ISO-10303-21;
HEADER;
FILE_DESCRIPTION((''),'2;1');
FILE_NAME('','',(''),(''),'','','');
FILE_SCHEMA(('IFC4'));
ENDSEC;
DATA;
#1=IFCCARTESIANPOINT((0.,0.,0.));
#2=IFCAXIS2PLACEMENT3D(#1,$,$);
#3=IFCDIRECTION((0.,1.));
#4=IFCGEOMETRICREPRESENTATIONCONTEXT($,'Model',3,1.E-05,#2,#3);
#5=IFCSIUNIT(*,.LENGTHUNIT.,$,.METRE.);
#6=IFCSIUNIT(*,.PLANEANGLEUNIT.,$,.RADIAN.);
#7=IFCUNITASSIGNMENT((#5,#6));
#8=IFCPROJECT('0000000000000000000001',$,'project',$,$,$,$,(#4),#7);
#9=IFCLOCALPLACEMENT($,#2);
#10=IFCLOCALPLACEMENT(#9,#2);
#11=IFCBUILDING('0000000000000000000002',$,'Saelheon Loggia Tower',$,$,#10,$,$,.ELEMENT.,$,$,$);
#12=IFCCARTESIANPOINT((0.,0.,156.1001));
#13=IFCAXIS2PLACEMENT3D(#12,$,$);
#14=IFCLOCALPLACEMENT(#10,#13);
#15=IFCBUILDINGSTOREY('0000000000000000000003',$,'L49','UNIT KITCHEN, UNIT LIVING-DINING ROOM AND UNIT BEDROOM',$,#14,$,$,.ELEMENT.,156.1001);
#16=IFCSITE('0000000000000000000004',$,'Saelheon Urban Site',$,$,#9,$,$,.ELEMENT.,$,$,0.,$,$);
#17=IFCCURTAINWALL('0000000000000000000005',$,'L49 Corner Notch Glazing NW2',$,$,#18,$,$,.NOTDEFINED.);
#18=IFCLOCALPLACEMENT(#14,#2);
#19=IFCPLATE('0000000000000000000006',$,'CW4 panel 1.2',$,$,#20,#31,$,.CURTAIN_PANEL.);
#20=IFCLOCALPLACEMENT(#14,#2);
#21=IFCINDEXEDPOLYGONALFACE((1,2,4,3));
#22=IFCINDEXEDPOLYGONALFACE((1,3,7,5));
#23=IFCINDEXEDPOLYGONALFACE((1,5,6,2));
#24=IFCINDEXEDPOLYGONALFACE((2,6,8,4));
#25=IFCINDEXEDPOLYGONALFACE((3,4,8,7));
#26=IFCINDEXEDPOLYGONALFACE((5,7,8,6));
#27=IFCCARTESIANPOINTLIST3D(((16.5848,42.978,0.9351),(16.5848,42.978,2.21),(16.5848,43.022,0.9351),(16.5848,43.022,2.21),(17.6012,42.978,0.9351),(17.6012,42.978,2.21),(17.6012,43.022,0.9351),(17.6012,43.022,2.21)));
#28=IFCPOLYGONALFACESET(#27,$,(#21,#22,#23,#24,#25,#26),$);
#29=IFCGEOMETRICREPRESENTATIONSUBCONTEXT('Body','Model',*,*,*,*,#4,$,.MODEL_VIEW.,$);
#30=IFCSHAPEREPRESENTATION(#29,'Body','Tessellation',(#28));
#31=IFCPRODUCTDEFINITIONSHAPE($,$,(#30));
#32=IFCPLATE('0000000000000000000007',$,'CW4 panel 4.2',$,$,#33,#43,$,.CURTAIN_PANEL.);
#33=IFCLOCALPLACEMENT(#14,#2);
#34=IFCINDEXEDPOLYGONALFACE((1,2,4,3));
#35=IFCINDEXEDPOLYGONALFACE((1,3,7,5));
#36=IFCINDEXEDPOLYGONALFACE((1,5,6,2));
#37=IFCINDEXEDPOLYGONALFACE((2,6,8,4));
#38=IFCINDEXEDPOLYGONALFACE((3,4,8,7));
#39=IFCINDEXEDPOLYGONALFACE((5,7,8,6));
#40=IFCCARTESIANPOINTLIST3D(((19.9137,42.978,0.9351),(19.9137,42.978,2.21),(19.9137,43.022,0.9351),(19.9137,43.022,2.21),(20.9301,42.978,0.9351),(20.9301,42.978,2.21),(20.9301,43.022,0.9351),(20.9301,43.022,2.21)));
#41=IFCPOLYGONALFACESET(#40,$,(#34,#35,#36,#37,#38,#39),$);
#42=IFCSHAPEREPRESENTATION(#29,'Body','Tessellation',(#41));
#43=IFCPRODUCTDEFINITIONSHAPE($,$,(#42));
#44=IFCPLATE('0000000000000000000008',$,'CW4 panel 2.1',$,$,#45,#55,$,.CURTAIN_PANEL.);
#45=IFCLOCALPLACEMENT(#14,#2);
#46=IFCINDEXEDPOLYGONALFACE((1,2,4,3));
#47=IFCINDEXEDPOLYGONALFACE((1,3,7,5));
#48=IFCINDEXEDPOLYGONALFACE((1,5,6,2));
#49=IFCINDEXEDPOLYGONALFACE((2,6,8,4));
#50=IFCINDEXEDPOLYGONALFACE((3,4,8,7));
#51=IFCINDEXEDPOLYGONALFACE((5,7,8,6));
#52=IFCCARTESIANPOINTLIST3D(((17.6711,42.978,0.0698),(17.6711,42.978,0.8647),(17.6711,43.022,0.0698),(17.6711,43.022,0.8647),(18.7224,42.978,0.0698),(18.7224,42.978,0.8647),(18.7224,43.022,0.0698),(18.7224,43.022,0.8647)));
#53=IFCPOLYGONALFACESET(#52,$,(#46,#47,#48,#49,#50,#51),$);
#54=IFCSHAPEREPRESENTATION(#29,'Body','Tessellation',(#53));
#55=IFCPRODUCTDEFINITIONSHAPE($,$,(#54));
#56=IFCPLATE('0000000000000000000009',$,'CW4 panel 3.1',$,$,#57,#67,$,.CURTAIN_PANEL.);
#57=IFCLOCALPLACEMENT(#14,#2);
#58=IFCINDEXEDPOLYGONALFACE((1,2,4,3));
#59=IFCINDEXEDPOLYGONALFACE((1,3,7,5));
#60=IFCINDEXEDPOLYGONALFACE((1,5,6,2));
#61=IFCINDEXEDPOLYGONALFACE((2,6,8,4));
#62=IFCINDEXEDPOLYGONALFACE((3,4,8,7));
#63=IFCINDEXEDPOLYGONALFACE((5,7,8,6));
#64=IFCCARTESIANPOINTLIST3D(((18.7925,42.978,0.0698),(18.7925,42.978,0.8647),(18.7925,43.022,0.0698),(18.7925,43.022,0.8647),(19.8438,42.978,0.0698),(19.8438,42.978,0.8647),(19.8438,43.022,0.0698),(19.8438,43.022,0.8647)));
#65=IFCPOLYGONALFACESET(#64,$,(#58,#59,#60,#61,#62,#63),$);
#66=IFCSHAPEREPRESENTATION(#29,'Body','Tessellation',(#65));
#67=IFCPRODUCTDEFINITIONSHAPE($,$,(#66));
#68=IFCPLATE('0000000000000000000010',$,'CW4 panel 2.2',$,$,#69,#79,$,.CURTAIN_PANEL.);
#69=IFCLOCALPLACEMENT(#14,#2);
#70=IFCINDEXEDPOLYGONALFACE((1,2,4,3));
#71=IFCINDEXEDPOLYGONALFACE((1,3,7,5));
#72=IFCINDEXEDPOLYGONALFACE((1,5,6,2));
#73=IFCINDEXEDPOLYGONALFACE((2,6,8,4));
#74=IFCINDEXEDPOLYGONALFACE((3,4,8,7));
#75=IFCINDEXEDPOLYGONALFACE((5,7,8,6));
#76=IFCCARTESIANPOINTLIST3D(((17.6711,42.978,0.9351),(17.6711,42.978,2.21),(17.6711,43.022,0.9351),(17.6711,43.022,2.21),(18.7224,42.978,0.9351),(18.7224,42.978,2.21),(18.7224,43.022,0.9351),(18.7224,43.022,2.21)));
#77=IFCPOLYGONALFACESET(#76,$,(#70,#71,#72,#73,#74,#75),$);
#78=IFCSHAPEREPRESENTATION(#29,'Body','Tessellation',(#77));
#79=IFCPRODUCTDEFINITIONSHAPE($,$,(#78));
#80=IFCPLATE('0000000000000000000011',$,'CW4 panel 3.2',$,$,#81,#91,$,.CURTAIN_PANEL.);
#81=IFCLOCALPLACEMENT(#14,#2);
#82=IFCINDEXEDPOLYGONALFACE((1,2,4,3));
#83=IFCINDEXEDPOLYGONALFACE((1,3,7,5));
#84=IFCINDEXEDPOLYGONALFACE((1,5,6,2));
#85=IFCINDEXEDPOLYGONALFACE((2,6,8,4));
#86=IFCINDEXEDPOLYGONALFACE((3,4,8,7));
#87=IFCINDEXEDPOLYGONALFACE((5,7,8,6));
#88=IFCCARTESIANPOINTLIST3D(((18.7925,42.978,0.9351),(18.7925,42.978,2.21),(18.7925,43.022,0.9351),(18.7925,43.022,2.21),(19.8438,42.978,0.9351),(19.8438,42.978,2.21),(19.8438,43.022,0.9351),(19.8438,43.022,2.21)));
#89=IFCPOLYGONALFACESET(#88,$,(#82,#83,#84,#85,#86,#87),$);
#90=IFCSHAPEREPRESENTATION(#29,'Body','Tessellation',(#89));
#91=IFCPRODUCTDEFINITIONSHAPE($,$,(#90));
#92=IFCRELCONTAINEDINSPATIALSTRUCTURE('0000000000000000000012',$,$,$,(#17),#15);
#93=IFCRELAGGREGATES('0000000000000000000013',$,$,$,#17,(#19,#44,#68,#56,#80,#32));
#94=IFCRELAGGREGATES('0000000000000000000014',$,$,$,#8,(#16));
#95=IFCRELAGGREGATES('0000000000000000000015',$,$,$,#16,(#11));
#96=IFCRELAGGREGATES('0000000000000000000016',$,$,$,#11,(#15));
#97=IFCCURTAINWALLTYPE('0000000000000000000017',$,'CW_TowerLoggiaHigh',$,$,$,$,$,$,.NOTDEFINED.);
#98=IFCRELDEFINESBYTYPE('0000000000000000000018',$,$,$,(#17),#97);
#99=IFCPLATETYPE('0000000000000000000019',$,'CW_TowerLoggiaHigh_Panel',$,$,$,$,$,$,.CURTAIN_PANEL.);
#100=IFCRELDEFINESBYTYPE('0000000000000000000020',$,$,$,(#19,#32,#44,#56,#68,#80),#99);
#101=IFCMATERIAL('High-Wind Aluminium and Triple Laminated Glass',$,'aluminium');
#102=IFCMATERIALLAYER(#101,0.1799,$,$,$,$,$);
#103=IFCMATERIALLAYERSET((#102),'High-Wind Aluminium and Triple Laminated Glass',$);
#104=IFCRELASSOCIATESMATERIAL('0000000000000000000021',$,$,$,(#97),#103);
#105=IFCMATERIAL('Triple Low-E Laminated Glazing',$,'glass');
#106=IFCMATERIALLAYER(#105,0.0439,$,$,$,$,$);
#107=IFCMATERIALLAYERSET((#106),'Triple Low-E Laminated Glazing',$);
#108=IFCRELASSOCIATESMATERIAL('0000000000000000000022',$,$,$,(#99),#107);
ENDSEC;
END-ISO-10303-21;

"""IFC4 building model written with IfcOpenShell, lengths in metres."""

from ifc_helpers import new_model, si_unit, direction, frame, origin, origin_2d, place, context, subcontext, project, spatial, rectangle, extrude, source, transform, mapped, material, layer, layer_set, type_object, element, aggregate, save


model = new_model("IFC4")

# Units and contexts
model_context = context("Model", 3, precision=1e-05, world=origin(), true_north=direction((0.0, 1.0)))
body_context = subcontext(model_context, "Body", "Model", "MODEL_VIEW")
ifc_project = project(units=[si_unit("LENGTHUNIT", "METRE"), si_unit("PLANEANGLEUNIT", "RADIAN")], contexts=[model_context])

# Site, building, storey
site_placement = place(None, origin())
site = spatial("IfcSite", under=ifc_project, at=site_placement, Name="Saelheon Urban Site", CompositionType="ELEMENT", RefElevation=0.0)
building_placement = place(site_placement, origin())
building = spatial("IfcBuilding", under=site, at=building_placement, Name="Saelheon Loggia Tower", CompositionType="ELEMENT")
storey_placement = place(building_placement, frame((0.0, 0.0, 156.1001)))
storey = spatial("IfcBuildingStorey", under=building, at=storey_placement, Name="L49", Description="UNIT KITCHEN, UNIT LIVING-DINING ROOM AND UNIT BEDROOM", CompositionType="ELEMENT", Elevation=156.1001)

# Shared definitions
ifc_material_1 = material(Name="High-Wind Aluminium and Triple Laminated Glass", Category="aluminium")
ifc_layer_1 = layer(ifc_material_1, 0.1799)
ifc_layer_set_1 = layer_set([ifc_layer_1], Name="High-Wind Aluminium and Triple Laminated Glass")
curtain_wall_type = type_object("IfcCurtainWallType", Name="CW_TowerLoggiaHigh", PredefinedType="NOTDEFINED", material=ifc_layer_set_1)

# Curtain wall
curtain_wall_1_placement = place(storey_placement, origin())
curtain_wall_1 = element("IfcCurtainWall", 1, at=curtain_wall_1_placement, inside=storey, type_object=curtain_wall_type, Name="L49 Corner Notch Glazing NW2", PredefinedType="NOTDEFINED")

# Plates
ifc_material_2 = material(Name="Triple Low-E Laminated Glazing", Category="glass")
ifc_layer_2 = layer(ifc_material_2, 0.0439)
ifc_layer_set_2 = layer_set([ifc_layer_2], Name="Triple Low-E Laminated Glazing")
plate_type = type_object("IfcPlateType", Name="CW_TowerLoggiaHigh_Panel", PredefinedType="CURTAIN_PANEL", material=ifc_layer_set_2)
shared_shape_1 = source(origin(), body_context, "Body", "SweptSolid", [
    extrude(rectangle(XDim=1.0164, YDim=0.0439, at=origin_2d()), origin(), (0.0, 0.0, 1.0), 1.2749),
])
plate_1_placement = place(storey_placement, frame((17.093, 43.0, 0.9351), z_axis=(0.0, 0.0, 1.0), x_axis=(1.0, 0.0, 0.0)))
plate_1 = element("IfcPlate", 2, at=plate_1_placement, type_object=plate_type, Name="CW4 panel 1.2", PredefinedType="CURTAIN_PANEL", context=body_context, shape_type="MappedRepresentation", body=[
    mapped(shared_shape_1, transform((0.0, 0.0, 0.0), scale=1.0)),
])
plate_2_placement = place(storey_placement, frame((20.4219, 43.0, 0.9351), z_axis=(0.0, 0.0, 1.0), x_axis=(1.0, 0.0, 0.0)))
plate_2 = element("IfcPlate", 3, at=plate_2_placement, type_object=plate_type, Name="CW4 panel 4.2", PredefinedType="CURTAIN_PANEL", context=body_context, shape_type="MappedRepresentation", body=[
    mapped(shared_shape_1, transform((0.0, 0.0, 0.0), scale=1.0)),
])
shared_shape_2 = source(origin(), body_context, "Body", "SweptSolid", [
    extrude(rectangle(XDim=1.0513, YDim=0.0439, at=origin_2d()), origin(), (0.0, 0.0, 1.0), 0.7949),
])
plate_3_placement = place(storey_placement, frame((18.1968, 43.0, 0.0698), z_axis=(0.0, 0.0, 1.0), x_axis=(1.0, 0.0, 0.0)))
plate_3 = element("IfcPlate", 4, at=plate_3_placement, type_object=plate_type, Name="CW4 panel 2.1", PredefinedType="CURTAIN_PANEL", context=body_context, shape_type="MappedRepresentation", body=[
    mapped(shared_shape_2, transform((0.0, 0.0, 0.0), scale=1.0)),
])
plate_4_placement = place(storey_placement, frame((19.3181, 43.0, 0.0698), z_axis=(0.0, 0.0, 1.0), x_axis=(1.0, 0.0, 0.0)))
plate_4 = element("IfcPlate", 5, at=plate_4_placement, type_object=plate_type, Name="CW4 panel 3.1", PredefinedType="CURTAIN_PANEL", context=body_context, shape_type="MappedRepresentation", body=[
    mapped(shared_shape_2, transform((0.0, 0.0, 0.0), scale=1.0)),
])
shared_shape_3 = source(origin(), body_context, "Body", "SweptSolid", [
    extrude(rectangle(XDim=1.0513, YDim=0.0439, at=origin_2d()), origin(), (0.0, 0.0, 1.0), 1.2749),
])
plate_5_placement = place(storey_placement, frame((18.1968, 43.0, 0.9351), z_axis=(0.0, 0.0, 1.0), x_axis=(1.0, 0.0, 0.0)))
plate_5 = element("IfcPlate", 6, at=plate_5_placement, type_object=plate_type, Name="CW4 panel 2.2", PredefinedType="CURTAIN_PANEL", context=body_context, shape_type="MappedRepresentation", body=[
    mapped(shared_shape_3, transform((0.0, 0.0, 0.0), scale=1.0)),
])
plate_6_placement = place(storey_placement, frame((19.3181, 43.0, 0.9351), z_axis=(0.0, 0.0, 1.0), x_axis=(1.0, 0.0, 0.0)))
plate_6 = element("IfcPlate", 7, at=plate_6_placement, type_object=plate_type, Name="CW4 panel 3.2", PredefinedType="CURTAIN_PANEL", context=body_context, shape_type="MappedRepresentation", body=[
    mapped(shared_shape_3, transform((0.0, 0.0, 0.0), scale=1.0)),
])
aggregate(curtain_wall_1, [plate_1, plate_3, plate_5, plate_4, plate_6, plate_2])

save(model, "model.ifc")
